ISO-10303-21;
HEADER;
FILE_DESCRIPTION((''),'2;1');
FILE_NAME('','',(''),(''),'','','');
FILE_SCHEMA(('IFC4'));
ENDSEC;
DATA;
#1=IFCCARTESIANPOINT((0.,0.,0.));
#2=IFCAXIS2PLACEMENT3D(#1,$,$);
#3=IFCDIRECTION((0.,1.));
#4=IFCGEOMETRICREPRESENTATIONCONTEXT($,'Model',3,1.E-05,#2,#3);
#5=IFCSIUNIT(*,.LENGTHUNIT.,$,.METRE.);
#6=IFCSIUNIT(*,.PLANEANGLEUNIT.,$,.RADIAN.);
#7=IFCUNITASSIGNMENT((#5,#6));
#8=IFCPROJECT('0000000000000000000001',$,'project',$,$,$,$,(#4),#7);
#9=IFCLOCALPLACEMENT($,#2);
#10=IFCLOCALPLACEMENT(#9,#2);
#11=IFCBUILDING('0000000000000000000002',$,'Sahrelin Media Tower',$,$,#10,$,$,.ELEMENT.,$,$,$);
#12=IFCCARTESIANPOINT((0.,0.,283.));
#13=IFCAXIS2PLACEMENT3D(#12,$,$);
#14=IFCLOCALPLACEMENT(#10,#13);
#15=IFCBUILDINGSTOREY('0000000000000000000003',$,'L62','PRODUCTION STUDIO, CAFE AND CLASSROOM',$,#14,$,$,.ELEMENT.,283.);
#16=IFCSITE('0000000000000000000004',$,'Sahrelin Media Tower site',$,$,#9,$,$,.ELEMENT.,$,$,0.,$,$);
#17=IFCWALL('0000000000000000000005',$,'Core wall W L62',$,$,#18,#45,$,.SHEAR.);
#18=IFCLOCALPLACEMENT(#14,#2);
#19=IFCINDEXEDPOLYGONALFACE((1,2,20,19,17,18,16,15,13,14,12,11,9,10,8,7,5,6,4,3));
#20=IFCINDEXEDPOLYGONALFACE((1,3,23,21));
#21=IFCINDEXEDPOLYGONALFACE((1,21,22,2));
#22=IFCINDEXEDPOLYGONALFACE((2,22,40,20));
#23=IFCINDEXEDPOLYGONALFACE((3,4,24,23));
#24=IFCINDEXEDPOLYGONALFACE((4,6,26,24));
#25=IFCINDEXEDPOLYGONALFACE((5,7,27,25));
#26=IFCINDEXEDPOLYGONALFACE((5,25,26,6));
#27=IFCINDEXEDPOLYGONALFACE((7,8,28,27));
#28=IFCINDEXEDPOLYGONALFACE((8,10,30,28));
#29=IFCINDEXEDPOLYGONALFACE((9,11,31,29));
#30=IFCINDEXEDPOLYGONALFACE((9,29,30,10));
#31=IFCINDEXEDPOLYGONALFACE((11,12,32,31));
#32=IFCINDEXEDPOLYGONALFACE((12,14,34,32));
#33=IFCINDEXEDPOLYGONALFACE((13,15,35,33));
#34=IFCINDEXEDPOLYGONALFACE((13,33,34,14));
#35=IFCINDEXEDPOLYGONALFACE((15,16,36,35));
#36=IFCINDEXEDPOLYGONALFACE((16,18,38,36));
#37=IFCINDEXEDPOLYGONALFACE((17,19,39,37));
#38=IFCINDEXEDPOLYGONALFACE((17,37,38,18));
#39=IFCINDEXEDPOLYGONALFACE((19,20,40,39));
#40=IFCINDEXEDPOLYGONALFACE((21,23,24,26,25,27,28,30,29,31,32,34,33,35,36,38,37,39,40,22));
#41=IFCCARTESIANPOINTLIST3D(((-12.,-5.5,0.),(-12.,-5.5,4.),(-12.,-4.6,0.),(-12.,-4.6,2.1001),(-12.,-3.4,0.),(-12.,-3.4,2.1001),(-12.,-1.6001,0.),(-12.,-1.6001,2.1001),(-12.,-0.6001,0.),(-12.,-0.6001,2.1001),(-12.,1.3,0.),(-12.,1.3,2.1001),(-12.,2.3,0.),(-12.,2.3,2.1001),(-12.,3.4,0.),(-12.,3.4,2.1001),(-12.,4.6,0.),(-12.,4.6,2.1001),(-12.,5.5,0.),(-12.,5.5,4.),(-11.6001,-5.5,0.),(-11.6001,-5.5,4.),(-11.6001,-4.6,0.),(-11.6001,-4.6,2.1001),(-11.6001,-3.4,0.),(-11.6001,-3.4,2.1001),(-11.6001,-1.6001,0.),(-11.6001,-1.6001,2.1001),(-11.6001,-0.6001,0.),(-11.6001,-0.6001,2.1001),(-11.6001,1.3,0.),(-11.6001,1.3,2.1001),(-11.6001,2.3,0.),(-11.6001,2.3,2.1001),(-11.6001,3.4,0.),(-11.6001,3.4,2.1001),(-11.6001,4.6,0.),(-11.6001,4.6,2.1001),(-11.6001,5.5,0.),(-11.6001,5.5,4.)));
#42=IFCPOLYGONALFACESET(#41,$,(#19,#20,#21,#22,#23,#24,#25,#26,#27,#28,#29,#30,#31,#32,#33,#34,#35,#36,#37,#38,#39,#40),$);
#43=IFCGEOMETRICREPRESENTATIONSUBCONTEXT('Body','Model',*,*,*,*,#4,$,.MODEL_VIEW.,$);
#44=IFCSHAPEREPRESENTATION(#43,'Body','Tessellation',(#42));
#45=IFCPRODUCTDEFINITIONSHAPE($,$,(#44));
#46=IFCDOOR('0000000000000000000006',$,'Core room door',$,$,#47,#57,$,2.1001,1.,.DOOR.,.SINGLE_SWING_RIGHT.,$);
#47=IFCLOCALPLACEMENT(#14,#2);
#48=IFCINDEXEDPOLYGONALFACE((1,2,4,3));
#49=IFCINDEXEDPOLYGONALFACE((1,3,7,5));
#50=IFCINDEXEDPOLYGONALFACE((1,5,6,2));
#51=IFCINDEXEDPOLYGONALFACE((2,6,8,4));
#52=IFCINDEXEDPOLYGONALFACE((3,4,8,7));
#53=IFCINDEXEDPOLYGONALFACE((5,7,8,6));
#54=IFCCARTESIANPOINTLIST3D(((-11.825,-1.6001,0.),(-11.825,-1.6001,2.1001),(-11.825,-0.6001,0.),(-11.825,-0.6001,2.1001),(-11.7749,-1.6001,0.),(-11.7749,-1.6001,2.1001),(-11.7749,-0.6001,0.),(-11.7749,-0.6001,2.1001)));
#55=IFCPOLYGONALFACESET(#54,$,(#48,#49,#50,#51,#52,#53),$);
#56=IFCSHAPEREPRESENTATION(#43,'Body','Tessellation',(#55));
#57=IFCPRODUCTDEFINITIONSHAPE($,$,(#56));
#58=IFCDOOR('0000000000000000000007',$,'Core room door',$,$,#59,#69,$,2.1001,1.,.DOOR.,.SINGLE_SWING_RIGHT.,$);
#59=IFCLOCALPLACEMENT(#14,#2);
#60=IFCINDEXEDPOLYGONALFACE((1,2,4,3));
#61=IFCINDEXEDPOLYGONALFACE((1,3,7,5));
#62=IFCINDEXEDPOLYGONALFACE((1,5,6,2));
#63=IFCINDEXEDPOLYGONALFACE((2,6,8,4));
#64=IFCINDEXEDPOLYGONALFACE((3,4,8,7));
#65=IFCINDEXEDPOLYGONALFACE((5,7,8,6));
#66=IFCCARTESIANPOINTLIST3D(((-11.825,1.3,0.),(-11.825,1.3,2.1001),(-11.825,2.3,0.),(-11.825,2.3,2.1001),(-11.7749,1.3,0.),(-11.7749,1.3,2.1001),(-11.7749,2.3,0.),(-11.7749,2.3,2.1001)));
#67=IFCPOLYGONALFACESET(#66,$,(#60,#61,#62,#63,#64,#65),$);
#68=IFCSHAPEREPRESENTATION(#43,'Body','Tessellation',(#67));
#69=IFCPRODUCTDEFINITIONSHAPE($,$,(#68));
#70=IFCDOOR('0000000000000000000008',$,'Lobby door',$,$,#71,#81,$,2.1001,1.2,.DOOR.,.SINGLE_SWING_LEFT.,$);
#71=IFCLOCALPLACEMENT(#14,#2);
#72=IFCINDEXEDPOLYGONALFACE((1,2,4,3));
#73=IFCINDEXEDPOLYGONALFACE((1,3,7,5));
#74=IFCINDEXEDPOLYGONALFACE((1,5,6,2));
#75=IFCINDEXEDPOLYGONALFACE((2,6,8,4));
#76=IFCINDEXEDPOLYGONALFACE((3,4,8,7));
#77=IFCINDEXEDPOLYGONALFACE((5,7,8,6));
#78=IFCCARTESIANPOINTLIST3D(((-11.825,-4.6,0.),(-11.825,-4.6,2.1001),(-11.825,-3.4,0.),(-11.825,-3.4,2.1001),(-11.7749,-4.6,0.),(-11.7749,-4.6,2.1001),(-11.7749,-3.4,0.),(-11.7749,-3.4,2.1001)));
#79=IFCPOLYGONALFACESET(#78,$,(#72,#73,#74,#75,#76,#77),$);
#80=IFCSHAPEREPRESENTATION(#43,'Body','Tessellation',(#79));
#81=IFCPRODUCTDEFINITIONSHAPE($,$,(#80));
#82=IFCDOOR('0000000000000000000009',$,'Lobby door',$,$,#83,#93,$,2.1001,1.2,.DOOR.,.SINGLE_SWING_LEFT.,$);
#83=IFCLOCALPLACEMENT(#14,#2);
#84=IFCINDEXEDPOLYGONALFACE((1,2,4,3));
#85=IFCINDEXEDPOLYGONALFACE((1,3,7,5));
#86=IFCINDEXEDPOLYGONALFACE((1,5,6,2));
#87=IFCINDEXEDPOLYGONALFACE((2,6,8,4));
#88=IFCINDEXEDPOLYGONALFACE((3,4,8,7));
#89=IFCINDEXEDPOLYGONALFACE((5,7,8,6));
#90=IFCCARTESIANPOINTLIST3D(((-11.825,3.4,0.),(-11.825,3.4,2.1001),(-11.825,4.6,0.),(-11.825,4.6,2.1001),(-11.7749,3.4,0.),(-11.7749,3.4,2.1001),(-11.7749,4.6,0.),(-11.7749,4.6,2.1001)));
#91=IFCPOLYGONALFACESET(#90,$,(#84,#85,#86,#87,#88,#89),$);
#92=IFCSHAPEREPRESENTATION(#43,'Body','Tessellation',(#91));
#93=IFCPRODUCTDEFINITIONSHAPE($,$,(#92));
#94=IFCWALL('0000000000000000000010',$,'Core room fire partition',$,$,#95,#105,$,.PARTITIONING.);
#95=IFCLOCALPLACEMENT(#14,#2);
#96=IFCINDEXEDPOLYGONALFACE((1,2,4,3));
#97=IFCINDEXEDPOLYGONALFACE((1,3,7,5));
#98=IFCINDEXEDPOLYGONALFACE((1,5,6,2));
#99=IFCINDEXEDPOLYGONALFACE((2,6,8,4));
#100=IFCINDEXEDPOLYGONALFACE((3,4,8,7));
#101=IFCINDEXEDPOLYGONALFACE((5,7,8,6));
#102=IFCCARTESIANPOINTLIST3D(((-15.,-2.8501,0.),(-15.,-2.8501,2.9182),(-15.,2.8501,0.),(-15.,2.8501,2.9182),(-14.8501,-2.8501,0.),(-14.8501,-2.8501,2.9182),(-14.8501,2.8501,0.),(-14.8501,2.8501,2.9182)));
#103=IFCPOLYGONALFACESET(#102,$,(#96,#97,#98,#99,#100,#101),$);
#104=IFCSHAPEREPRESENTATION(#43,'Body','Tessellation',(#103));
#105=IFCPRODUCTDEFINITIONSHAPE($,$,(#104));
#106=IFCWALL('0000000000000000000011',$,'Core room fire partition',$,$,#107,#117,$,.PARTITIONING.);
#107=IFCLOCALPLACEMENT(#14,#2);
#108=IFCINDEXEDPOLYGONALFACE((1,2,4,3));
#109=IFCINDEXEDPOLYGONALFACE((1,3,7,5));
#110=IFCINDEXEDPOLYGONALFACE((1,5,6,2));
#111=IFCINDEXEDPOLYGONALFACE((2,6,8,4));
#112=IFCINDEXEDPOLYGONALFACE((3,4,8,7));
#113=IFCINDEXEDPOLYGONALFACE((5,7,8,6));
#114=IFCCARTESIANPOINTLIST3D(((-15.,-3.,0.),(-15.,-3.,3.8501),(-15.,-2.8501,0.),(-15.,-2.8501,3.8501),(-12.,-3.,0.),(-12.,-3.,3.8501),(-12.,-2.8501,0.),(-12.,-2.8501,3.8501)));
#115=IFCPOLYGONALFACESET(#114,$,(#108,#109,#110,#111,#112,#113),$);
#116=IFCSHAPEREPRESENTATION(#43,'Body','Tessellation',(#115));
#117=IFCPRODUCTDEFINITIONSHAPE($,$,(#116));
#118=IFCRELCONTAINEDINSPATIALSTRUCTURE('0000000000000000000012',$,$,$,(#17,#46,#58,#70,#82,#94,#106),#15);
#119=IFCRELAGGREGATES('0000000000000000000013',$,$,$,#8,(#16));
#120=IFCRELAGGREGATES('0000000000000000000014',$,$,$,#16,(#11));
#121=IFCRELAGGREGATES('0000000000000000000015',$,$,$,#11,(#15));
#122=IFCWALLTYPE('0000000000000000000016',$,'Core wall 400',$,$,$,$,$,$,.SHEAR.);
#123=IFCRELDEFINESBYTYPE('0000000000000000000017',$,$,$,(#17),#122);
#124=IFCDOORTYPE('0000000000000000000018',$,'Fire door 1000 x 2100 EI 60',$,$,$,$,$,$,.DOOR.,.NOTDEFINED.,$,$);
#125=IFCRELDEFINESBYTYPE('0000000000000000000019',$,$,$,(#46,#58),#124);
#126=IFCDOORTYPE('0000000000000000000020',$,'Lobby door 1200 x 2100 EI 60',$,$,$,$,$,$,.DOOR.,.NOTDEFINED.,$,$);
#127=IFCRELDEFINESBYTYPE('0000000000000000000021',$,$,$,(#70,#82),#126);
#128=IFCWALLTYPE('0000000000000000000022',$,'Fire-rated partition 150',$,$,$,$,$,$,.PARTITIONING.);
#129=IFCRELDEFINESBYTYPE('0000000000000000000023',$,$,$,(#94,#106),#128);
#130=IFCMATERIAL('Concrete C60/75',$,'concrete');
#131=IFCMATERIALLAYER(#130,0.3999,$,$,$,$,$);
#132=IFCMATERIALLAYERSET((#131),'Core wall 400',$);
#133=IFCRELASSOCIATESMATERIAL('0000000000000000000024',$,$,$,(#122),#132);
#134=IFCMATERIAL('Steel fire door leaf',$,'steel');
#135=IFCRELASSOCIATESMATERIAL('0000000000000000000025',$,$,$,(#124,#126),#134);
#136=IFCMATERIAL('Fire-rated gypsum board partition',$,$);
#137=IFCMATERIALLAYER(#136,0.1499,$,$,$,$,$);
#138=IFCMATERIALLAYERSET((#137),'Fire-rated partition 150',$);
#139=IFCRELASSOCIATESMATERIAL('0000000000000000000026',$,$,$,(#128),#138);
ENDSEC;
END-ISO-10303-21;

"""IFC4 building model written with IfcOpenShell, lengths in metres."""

from ifc_helpers import new_model, si_unit, direction, frame, frame_2d, origin, place, context, subcontext, project, spatial, rectangle, extrude, material, layer, layer_set, type_object, element, fill, save


model = new_model("IFC4")

# Units and contexts
model_context = context("Model", 3, precision=1e-05, world=origin(), true_north=direction((0.0, 1.0)))
body_context = subcontext(model_context, "Body", "Model", "MODEL_VIEW")
ifc_project = project(units=[si_unit("LENGTHUNIT", "METRE"), si_unit("PLANEANGLEUNIT", "RADIAN")], contexts=[model_context])

# Site, building, storey
site_placement = place(None, origin())
site = spatial("IfcSite", under=ifc_project, at=site_placement, Name="Sahrelin Media Tower site", CompositionType="ELEMENT", RefElevation=0.0)
building_placement = place(site_placement, origin())
building = spatial("IfcBuilding", under=site, at=building_placement, Name="Sahrelin Media Tower", CompositionType="ELEMENT")
storey_placement = place(building_placement, frame((0.0, 0.0, 283.0)))
storey = spatial("IfcBuildingStorey", under=building, at=storey_placement, Name="L62", Description="PRODUCTION STUDIO, CAFE AND CLASSROOM", CompositionType="ELEMENT", Elevation=283.0)

# Shared definitions
ifc_material_1 = material(Name="Concrete C60/75", Category="concrete")
ifc_layer_1 = layer(ifc_material_1, 0.3999)
ifc_layer_set_1 = layer_set([ifc_layer_1], Name="Core wall 400")
wall_type_1 = type_object("IfcWallType", Name="Core wall 400", PredefinedType="SHEAR", material=ifc_layer_set_1)

# Wall, openings, doors
wall_1_placement = place(storey_placement, frame((-11.8, -5.5, 0.0), z_axis=(0.0, 0.0, 1.0), x_axis=(0.0, 1.0, 0.0)))
wall_1 = element("IfcWall", 1, at=wall_1_placement, inside=storey, type_object=wall_type_1, Name="Core wall W L62", PredefinedType="SHEAR", context=body_context, shape_type="SweptSolid", body=[
    extrude(rectangle(XDim=11.0, YDim=0.3999, at=frame_2d((5.5, 0.0))), origin(), (0.0, 0.0, 1.0), 4.0),
])
opening_1_placement = place(wall_1_placement, frame((3.8999, 0.0, 0.0)))
opening_1 = element("IfcOpeningElement", 2, at=opening_1_placement, cuts=wall_1, PredefinedType="OPENING", context=body_context, shape_type="SweptSolid", body=[
    extrude(rectangle(XDim=1.0, YDim=2.1001, at=frame_2d((0.5, 1.05))), frame((0.0, 0.2, 0.0), z_axis=(0.0, -1.0, 0.0), x_axis=(1.0, 0.0, 0.0)), (0.0, 0.0, 1.0), 0.3999),
])
opening_2_placement = place(wall_1_placement, frame((6.8, 0.0, 0.0)))
opening_2 = element("IfcOpeningElement", 3, at=opening_2_placement, cuts=wall_1, PredefinedType="OPENING", context=body_context, shape_type="SweptSolid", body=[
    extrude(rectangle(XDim=1.0, YDim=2.1001, at=frame_2d((0.5, 1.05))), frame((0.0, 0.2, 0.0), z_axis=(0.0, -1.0, 0.0), x_axis=(1.0, 0.0, 0.0)), (0.0, 0.0, 1.0), 0.3999),
])
opening_3_placement = place(wall_1_placement, frame((0.8999, 0.0, 0.0)))
opening_3 = element("IfcOpeningElement", 4, at=opening_3_placement, cuts=wall_1, PredefinedType="OPENING", context=body_context, shape_type="SweptSolid", body=[
    extrude(rectangle(XDim=1.2, YDim=2.1001, at=frame_2d((0.6001, 1.05))), frame((0.0, 0.2, 0.0), z_axis=(0.0, -1.0, 0.0), x_axis=(1.0, 0.0, 0.0)), (0.0, 0.0, 1.0), 0.3999),
])
opening_4_placement = place(wall_1_placement, frame((8.8999, 0.0, 0.0)))
opening_4 = element("IfcOpeningElement", 5, at=opening_4_placement, cuts=wall_1, PredefinedType="OPENING", context=body_context, shape_type="SweptSolid", body=[
    extrude(rectangle(XDim=1.2, YDim=2.1001, at=frame_2d((0.6001, 1.05))), frame((0.0, 0.2, 0.0), z_axis=(0.0, -1.0, 0.0), x_axis=(1.0, 0.0, 0.0)), (0.0, 0.0, 1.0), 0.3999),
])
ifc_material_2 = material(Name="Steel fire door leaf", Category="steel")
door_type_1 = type_object("IfcDoorType", Name="Fire door 1000 x 2100 EI 60", OperationType="NOTDEFINED", PredefinedType="DOOR", material=ifc_material_2)
door_1_placement = place(opening_1_placement, origin())
door_1 = element("IfcDoor", 6, at=door_1_placement, inside=storey, type_object=door_type_1, Name="Core room door", OperationType="SINGLE_SWING_RIGHT", OverallHeight=2.1001, OverallWidth=1.0, PredefinedType="DOOR", context=body_context, shape_type="SweptSolid", body=[
    extrude(rectangle(XDim=1.0, YDim=2.1001, at=frame_2d((0.5, 1.05))), frame((0.0, 0.0249, 0.0), z_axis=(0.0, -1.0, 0.0), x_axis=(1.0, 0.0, 0.0)), (0.0, 0.0, 1.0), 0.05),
])
fill(opening_1, door_1)
door_2_placement = place(opening_2_placement, origin())
door_2 = element("IfcDoor", 7, at=door_2_placement, inside=storey, type_object=door_type_1, Name="Core room door", OperationType="SINGLE_SWING_RIGHT", OverallHeight=2.1001, OverallWidth=1.0, PredefinedType="DOOR", context=body_context, shape_type="SweptSolid", body=[
    extrude(rectangle(XDim=1.0, YDim=2.1001, at=frame_2d((0.5, 1.05))), frame((0.0, 0.0249, 0.0), z_axis=(0.0, -1.0, 0.0), x_axis=(1.0, 0.0, 0.0)), (0.0, 0.0, 1.0), 0.05),
])
fill(opening_2, door_2)
door_type_2 = type_object("IfcDoorType", Name="Lobby door 1200 x 2100 EI 60", OperationType="NOTDEFINED", PredefinedType="DOOR", material=ifc_material_2)
door_3_placement = place(opening_3_placement, origin())
door_3 = element("IfcDoor", 8, at=door_3_placement, inside=storey, type_object=door_type_2, Name="Lobby door", OperationType="SINGLE_SWING_LEFT", OverallHeight=2.1001, OverallWidth=1.2, PredefinedType="DOOR", context=body_context, shape_type="SweptSolid", body=[
    extrude(rectangle(XDim=1.2, YDim=2.1001, at=frame_2d((0.6001, 1.05))), frame((0.0, 0.0249, 0.0), z_axis=(0.0, -1.0, 0.0), x_axis=(1.0, 0.0, 0.0)), (0.0, 0.0, 1.0), 0.05),
])
fill(opening_3, door_3)
door_4_placement = place(opening_4_placement, origin())
door_4 = element("IfcDoor", 9, at=door_4_placement, inside=storey, type_object=door_type_2, Name="Lobby door", OperationType="SINGLE_SWING_LEFT", OverallHeight=2.1001, OverallWidth=1.2, PredefinedType="DOOR", context=body_context, shape_type="SweptSolid", body=[
    extrude(rectangle(XDim=1.2, YDim=2.1001, at=frame_2d((0.6001, 1.05))), frame((0.0, 0.0249, 0.0), z_axis=(0.0, -1.0, 0.0), x_axis=(1.0, 0.0, 0.0)), (0.0, 0.0, 1.0), 0.05),
])
fill(opening_4, door_4)

# Walls
ifc_material_3 = material(Name="Fire-rated gypsum board partition")
ifc_layer_2 = layer(ifc_material_3, 0.1499)
ifc_layer_set_2 = layer_set([ifc_layer_2], Name="Fire-rated partition 150")
wall_type_2 = type_object("IfcWallType", Name="Fire-rated partition 150", PredefinedType="PARTITIONING", material=ifc_layer_set_2)
wall_2_placement = place(storey_placement, frame((-14.925, -2.8501, 0.0), z_axis=(0.0, 0.0, 1.0), x_axis=(0.0, 1.0, 0.0)))
element("IfcWall", 10, at=wall_2_placement, inside=storey, type_object=wall_type_2, Name="Core room fire partition", PredefinedType="PARTITIONING", context=body_context, shape_type="SweptSolid", body=[
    extrude(rectangle(XDim=5.7002, YDim=0.1499, at=frame_2d((2.8501, 0.0))), origin(), (0.0, 0.0, 1.0), 2.9182),
])
wall_3_placement = place(storey_placement, frame((-15.0, -2.925, 0.0), z_axis=(0.0, 0.0, 1.0), x_axis=(1.0, 0.0, 0.0)))
element("IfcWall", 11, at=wall_3_placement, inside=storey, type_object=wall_type_2, Name="Core room fire partition", PredefinedType="PARTITIONING", context=body_context, shape_type="SweptSolid", body=[
    extrude(rectangle(XDim=3.0, YDim=0.1499, at=frame_2d((1.5, 0.0))), origin(), (0.0, 0.0, 1.0), 3.8501),
])

save(model, "model.ifc")
